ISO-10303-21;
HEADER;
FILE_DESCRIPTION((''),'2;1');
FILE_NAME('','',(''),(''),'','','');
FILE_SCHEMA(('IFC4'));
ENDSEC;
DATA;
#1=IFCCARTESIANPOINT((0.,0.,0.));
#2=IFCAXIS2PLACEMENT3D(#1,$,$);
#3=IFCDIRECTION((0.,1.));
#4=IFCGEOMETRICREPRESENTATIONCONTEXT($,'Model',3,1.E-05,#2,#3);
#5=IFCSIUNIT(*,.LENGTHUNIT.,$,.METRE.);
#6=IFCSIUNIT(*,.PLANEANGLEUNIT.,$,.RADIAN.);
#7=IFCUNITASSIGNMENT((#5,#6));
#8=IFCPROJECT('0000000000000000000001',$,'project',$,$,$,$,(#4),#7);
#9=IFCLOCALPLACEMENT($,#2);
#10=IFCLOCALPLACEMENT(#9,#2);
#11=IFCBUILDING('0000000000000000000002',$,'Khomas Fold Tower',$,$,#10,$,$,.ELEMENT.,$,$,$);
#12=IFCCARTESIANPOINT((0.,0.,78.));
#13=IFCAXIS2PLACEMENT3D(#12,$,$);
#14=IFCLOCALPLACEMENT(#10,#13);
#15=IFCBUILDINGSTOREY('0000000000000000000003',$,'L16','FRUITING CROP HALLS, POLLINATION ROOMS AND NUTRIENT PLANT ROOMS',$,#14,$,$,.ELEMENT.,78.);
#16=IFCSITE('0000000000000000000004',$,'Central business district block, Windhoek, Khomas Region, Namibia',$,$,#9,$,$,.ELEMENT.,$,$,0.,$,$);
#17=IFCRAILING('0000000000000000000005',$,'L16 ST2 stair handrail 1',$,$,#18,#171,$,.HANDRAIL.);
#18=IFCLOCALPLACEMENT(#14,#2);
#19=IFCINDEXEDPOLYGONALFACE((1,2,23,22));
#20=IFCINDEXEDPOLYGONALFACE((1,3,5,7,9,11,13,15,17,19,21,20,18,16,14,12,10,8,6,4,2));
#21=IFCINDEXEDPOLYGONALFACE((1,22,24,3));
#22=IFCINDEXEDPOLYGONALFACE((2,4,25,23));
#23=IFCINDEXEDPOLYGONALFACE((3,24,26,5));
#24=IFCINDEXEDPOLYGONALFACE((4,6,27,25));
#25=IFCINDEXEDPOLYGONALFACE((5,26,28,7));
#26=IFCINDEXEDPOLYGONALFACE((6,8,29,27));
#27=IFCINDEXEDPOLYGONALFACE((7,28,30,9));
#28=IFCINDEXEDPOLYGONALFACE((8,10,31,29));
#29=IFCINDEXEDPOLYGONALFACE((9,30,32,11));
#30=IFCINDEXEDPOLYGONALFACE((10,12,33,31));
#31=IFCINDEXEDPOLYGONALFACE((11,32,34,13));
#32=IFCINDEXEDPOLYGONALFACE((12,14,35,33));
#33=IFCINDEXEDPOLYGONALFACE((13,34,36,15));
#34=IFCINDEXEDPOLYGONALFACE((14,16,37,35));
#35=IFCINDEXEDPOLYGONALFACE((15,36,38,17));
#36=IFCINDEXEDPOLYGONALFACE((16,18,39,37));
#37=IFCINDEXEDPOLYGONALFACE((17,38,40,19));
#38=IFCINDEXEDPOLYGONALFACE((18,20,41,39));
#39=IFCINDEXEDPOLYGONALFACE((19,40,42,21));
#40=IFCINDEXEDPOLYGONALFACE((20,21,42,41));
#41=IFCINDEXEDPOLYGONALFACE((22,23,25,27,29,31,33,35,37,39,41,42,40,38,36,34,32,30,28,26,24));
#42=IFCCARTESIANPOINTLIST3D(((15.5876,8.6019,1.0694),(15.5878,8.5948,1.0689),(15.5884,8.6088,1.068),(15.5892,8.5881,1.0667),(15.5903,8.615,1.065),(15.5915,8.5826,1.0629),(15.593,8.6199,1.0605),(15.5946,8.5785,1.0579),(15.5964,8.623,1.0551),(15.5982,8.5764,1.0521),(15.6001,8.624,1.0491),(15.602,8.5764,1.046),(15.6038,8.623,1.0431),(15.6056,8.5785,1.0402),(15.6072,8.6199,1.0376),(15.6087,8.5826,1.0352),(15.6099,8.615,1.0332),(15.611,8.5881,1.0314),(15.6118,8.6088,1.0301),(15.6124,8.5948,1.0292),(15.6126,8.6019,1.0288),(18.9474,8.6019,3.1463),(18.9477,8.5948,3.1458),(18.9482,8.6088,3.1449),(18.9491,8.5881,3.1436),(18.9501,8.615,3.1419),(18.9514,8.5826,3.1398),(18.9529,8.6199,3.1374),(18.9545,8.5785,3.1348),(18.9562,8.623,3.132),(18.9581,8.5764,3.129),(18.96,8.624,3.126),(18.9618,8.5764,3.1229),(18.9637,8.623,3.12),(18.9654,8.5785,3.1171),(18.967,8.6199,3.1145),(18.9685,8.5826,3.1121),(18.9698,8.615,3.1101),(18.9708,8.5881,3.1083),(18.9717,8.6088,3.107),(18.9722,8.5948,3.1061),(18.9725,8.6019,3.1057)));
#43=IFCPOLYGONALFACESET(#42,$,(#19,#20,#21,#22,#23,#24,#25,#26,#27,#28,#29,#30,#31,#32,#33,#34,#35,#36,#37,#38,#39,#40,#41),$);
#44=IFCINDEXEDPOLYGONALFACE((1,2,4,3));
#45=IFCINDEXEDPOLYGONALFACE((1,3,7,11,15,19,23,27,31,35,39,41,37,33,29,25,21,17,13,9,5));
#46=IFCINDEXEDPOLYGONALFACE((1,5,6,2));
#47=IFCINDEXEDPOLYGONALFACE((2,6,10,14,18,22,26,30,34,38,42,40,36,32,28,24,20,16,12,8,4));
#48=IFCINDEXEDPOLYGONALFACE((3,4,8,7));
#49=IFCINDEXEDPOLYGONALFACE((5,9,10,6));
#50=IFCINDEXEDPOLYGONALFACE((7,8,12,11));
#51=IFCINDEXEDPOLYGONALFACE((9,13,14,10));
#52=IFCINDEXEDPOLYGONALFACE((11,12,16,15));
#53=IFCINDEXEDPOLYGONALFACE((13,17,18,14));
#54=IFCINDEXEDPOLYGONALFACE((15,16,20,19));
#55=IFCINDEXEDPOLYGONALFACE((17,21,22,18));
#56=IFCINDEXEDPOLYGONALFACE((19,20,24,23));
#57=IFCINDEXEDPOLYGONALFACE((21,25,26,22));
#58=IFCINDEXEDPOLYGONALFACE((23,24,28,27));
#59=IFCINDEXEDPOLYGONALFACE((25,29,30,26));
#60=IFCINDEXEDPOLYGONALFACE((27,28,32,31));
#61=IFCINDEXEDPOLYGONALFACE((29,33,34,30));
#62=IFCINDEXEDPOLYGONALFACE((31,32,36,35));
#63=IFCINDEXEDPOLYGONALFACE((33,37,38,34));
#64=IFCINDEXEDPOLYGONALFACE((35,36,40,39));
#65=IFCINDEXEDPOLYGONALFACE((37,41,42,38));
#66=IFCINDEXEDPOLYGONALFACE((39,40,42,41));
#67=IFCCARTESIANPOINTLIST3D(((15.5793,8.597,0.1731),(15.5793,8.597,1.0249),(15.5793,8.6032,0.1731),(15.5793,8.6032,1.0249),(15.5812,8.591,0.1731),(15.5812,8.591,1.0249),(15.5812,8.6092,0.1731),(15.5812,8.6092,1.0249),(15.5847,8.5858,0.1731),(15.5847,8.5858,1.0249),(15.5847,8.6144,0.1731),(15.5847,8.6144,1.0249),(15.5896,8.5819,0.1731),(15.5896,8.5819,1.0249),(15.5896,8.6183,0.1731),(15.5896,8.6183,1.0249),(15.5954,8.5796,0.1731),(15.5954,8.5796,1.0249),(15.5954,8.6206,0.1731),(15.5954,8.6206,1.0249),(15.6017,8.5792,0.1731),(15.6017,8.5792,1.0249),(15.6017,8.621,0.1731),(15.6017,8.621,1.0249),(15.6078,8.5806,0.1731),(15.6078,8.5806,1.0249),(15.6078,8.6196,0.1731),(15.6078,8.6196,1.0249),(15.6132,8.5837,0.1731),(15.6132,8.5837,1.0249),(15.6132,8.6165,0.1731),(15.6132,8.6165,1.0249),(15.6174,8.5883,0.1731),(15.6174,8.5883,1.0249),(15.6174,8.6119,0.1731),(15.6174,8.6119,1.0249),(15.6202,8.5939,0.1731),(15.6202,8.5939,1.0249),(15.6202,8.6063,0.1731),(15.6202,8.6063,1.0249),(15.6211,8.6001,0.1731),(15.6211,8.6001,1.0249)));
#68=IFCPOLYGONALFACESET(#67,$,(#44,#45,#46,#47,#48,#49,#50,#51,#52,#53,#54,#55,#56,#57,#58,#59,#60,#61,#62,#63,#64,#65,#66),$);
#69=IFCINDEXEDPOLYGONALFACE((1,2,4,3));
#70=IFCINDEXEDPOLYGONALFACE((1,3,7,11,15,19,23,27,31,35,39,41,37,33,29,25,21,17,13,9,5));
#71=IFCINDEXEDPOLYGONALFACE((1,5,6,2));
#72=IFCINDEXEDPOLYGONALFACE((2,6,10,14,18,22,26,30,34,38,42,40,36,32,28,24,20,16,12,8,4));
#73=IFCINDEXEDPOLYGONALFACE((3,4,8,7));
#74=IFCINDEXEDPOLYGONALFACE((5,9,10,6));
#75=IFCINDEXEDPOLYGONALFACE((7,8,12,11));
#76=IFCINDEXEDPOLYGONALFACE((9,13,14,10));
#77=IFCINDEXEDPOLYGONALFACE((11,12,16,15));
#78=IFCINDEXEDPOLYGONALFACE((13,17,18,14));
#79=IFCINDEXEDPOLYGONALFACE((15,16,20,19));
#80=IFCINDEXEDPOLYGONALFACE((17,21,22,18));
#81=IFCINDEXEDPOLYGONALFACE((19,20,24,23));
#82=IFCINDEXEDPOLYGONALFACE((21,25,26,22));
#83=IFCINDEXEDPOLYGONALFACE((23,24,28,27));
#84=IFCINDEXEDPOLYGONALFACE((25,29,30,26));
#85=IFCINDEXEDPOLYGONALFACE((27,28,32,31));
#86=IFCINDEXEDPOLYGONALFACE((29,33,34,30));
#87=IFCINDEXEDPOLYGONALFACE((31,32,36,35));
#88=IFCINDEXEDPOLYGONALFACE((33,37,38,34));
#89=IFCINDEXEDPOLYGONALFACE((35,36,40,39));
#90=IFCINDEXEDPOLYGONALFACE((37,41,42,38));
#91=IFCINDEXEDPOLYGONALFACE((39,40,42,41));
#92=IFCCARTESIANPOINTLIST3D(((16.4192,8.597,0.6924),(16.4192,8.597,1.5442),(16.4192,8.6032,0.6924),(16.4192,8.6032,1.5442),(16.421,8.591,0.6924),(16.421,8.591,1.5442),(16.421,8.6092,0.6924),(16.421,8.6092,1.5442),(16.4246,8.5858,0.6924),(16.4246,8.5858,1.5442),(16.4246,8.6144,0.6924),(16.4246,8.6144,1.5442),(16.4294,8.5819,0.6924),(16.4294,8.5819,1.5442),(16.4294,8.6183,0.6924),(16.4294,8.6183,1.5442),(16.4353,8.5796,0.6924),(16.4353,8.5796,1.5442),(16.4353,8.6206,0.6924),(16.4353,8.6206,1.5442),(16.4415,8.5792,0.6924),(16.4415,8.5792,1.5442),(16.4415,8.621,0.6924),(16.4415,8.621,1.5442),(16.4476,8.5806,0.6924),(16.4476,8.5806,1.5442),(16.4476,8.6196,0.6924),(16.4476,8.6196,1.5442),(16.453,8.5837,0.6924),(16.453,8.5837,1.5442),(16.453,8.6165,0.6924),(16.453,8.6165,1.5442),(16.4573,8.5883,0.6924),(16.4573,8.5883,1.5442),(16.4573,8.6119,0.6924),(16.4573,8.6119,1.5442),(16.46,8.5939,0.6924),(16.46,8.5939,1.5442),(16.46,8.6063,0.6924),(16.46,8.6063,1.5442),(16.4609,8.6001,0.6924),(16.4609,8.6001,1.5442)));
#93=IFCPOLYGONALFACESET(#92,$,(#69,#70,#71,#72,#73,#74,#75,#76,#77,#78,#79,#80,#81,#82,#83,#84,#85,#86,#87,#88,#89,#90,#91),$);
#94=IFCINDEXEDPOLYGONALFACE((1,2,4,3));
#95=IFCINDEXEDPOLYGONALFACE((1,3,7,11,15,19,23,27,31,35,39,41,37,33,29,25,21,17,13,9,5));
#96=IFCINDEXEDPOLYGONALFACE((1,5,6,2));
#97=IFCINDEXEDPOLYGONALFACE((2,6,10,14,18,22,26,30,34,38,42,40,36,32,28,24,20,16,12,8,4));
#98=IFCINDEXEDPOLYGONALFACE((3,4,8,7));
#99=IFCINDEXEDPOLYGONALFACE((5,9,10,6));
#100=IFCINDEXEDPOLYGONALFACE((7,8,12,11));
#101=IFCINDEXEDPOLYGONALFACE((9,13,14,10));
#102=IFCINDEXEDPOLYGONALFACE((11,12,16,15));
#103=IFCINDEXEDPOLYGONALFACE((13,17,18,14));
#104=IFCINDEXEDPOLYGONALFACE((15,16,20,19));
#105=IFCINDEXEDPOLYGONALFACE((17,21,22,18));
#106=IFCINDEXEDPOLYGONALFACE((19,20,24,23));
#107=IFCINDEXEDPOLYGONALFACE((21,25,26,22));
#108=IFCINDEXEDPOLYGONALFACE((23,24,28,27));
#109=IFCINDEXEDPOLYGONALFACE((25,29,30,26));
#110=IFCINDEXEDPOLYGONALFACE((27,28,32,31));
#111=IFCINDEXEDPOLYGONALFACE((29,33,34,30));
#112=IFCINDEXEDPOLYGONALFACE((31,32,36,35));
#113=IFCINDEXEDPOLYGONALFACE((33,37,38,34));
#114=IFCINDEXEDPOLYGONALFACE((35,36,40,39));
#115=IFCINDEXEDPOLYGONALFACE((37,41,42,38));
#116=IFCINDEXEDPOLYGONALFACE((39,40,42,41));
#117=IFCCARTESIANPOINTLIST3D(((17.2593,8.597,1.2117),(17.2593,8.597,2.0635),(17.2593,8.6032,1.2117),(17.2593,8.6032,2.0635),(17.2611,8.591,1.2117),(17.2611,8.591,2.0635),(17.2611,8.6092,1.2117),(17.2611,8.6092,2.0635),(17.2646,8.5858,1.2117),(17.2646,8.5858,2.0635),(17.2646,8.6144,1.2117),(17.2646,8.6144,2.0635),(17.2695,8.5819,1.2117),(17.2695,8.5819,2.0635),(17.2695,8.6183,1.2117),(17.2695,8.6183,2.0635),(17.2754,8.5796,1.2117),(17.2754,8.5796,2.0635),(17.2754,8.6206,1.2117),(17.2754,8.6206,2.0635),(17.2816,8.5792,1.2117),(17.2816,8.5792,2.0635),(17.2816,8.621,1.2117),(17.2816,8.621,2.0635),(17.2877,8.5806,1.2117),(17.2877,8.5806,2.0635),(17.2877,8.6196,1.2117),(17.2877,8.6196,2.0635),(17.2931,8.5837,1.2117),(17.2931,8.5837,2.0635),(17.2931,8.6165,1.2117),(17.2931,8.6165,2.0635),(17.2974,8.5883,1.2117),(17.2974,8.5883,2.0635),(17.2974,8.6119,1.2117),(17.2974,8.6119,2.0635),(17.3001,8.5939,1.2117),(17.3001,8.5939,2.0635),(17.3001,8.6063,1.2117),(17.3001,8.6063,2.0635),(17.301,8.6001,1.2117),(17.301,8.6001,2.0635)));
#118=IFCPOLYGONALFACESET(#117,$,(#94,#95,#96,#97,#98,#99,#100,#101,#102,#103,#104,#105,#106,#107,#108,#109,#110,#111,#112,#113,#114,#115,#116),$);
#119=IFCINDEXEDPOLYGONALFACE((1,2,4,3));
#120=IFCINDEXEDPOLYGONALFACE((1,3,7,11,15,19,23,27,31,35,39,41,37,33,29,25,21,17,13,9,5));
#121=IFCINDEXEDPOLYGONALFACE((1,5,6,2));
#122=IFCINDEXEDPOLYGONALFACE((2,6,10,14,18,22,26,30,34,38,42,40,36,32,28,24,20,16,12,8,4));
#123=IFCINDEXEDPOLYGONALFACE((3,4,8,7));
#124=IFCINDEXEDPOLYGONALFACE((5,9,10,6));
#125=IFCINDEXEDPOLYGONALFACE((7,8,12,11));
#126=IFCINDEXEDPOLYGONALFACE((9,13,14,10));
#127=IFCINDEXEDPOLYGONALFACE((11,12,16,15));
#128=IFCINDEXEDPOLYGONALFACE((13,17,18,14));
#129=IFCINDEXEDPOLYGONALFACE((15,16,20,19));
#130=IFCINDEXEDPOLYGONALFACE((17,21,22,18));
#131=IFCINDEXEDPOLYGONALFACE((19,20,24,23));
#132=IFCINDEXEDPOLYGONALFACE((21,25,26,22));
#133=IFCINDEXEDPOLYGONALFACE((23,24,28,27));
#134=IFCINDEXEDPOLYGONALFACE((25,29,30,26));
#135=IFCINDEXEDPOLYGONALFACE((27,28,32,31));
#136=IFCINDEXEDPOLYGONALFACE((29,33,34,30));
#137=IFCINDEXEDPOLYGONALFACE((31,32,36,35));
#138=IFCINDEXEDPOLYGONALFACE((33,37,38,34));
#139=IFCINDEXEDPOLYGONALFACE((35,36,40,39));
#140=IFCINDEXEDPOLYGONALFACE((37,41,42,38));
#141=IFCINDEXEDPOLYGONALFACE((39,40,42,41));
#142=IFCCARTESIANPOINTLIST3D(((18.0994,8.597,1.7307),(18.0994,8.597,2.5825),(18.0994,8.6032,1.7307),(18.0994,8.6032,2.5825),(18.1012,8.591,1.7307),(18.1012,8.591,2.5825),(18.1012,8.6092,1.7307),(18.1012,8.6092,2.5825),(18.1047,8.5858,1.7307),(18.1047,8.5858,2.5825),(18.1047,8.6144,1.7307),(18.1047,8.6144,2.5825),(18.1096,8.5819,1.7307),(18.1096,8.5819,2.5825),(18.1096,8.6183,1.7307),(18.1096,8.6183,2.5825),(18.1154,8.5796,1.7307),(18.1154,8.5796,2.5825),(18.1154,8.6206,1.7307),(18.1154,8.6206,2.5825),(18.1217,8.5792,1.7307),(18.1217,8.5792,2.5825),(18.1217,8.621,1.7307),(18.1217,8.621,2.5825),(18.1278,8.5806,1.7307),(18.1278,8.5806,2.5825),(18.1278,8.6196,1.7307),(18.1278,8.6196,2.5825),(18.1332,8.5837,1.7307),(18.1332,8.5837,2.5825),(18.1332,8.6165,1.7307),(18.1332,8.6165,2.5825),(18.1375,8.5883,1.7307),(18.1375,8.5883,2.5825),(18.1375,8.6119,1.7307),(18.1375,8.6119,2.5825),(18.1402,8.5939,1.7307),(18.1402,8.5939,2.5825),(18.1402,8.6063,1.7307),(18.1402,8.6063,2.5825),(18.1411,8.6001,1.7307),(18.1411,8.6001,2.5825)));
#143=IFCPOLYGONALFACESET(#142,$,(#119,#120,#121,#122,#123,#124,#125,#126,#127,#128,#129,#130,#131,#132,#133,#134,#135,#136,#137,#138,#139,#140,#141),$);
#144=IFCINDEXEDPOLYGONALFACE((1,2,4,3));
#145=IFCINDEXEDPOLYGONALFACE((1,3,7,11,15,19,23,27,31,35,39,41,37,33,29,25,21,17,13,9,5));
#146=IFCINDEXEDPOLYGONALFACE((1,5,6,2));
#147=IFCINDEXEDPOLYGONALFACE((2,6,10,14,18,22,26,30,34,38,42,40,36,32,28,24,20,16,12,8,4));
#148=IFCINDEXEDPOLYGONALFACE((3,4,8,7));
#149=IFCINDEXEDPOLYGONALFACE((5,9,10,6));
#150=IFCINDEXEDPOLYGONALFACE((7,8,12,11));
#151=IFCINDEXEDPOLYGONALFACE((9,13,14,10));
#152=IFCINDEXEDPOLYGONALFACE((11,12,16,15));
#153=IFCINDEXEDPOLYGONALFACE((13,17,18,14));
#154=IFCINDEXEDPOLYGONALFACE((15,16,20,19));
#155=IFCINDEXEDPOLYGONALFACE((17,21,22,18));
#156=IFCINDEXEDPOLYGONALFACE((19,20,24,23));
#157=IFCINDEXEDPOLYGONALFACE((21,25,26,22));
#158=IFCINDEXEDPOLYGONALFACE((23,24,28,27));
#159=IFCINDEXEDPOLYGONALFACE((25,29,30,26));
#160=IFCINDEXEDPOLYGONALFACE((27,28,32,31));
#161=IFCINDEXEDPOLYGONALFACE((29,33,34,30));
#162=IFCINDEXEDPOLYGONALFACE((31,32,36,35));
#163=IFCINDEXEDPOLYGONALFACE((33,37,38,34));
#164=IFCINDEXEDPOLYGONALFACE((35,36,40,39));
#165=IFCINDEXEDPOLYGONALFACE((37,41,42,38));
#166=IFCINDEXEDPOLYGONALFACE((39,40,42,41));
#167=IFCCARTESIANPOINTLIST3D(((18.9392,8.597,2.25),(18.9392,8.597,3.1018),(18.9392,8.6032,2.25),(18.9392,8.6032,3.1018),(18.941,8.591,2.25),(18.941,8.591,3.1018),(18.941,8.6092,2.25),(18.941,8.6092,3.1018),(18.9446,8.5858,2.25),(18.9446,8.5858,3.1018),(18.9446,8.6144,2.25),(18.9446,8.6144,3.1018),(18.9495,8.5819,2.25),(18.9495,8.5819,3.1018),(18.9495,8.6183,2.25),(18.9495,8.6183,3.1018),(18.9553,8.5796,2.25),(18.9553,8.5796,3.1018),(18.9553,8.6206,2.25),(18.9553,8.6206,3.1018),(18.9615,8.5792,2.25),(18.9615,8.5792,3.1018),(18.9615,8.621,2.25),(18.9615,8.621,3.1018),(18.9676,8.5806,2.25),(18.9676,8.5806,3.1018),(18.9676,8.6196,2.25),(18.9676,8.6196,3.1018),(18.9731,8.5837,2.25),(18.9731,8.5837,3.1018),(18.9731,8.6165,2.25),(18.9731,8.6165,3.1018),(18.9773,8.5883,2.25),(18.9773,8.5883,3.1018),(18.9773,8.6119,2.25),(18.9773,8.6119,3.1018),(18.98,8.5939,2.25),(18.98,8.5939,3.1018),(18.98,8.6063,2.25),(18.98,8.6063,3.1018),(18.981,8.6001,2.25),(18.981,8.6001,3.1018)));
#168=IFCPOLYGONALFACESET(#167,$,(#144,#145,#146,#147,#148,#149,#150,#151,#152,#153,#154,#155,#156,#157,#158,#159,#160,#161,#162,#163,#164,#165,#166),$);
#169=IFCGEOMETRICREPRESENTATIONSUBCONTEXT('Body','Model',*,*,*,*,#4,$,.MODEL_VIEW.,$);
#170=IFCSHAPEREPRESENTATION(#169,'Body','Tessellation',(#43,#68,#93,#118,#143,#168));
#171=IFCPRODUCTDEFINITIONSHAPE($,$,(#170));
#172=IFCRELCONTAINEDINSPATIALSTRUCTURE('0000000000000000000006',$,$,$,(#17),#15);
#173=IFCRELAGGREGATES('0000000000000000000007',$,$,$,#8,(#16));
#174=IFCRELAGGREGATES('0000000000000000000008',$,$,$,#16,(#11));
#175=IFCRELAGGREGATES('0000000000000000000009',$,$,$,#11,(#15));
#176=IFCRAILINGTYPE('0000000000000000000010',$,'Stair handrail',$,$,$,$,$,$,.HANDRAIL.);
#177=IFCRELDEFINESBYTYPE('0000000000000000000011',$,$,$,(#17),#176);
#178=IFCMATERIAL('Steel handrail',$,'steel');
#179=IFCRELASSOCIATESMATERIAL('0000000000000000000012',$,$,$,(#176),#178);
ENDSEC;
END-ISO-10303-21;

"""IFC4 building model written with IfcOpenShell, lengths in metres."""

from ifc_helpers import new_model, si_unit, direction, frame, origin, origin_2d, place, context, subcontext, project, spatial, circle, extrude, source, transform, mapped, material, type_object, element, save


model = new_model("IFC4")

# Units and contexts
model_context = context("Model", 3, precision=1e-05, world=origin(), true_north=direction((0.0, 1.0)))
body_context = subcontext(model_context, "Body", "Model", "MODEL_VIEW")
ifc_project = project(units=[si_unit("LENGTHUNIT", "METRE"), si_unit("PLANEANGLEUNIT", "RADIAN")], contexts=[model_context])

# Site, building, storey
site_placement = place(None, origin())
site = spatial("IfcSite", under=ifc_project, at=site_placement, Name="Central business district block, Windhoek, Khomas Region, Namibia", CompositionType="ELEMENT", RefElevation=0.0)
building_placement = place(site_placement, origin())
building = spatial("IfcBuilding", under=site, at=building_placement, Name="Khomas Fold Tower", CompositionType="ELEMENT")
storey_placement = place(building_placement, frame((0.0, 0.0, 78.0)))
storey = spatial("IfcBuildingStorey", under=building, at=storey_placement, Name="L16", Description="FRUITING CROP HALLS, POLLINATION ROOMS AND NUTRIENT PLANT ROOMS", CompositionType="ELEMENT", Elevation=78.0)

# Railing
ifc_material_1 = material(Name="Steel handrail", Category="steel")
railing_type_1 = type_object("IfcRailingType", Name="Stair handrail", PredefinedType="HANDRAIL", material=ifc_material_1)
shared_shape_1 = source(origin(), body_context, "Body", "SweptSolid", [
    extrude(circle(Radius=0.0239, at=origin_2d()), frame((0.0, 0.0, 0.876), z_axis=(0.850606, 0.0, 0.525803), x_axis=(0.0, 1.0, 0.0)), (0.0, 0.0, 1.0), 3.95),
    extrude(circle(Radius=0.021, at=origin_2d()), origin(), (0.0, 0.0, 1.0), 0.8518),
    extrude(circle(Radius=0.021, at=origin_2d()), frame((0.8398, 0.0, 0.5193)), (0.0, 0.0, 1.0), 0.8518),
    extrude(circle(Radius=0.021, at=origin_2d()), frame((1.6799, 0.0, 1.0386)), (0.0, 0.0, 1.0), 0.8518),
    extrude(circle(Radius=0.021, at=origin_2d()), frame((2.52, 0.0, 1.5576)), (0.0, 0.0, 1.0), 0.8518),
    extrude(circle(Radius=0.021, at=origin_2d()), frame((3.3599, 0.0, 2.0769)), (0.0, 0.0, 1.0), 0.8518),
])
railing_1_placement = place(storey_placement, frame((15.6001, 8.6001, 0.1731)))
element("IfcRailing", 1, at=railing_1_placement, inside=storey, type_object=railing_type_1, Name="L16 ST2 stair handrail 1", PredefinedType="HANDRAIL", context=body_context, shape_type="MappedRepresentation", body=[
    mapped(shared_shape_1, transform((0.0, 0.0, 0.0))),
])

save(model, "model.ifc")
